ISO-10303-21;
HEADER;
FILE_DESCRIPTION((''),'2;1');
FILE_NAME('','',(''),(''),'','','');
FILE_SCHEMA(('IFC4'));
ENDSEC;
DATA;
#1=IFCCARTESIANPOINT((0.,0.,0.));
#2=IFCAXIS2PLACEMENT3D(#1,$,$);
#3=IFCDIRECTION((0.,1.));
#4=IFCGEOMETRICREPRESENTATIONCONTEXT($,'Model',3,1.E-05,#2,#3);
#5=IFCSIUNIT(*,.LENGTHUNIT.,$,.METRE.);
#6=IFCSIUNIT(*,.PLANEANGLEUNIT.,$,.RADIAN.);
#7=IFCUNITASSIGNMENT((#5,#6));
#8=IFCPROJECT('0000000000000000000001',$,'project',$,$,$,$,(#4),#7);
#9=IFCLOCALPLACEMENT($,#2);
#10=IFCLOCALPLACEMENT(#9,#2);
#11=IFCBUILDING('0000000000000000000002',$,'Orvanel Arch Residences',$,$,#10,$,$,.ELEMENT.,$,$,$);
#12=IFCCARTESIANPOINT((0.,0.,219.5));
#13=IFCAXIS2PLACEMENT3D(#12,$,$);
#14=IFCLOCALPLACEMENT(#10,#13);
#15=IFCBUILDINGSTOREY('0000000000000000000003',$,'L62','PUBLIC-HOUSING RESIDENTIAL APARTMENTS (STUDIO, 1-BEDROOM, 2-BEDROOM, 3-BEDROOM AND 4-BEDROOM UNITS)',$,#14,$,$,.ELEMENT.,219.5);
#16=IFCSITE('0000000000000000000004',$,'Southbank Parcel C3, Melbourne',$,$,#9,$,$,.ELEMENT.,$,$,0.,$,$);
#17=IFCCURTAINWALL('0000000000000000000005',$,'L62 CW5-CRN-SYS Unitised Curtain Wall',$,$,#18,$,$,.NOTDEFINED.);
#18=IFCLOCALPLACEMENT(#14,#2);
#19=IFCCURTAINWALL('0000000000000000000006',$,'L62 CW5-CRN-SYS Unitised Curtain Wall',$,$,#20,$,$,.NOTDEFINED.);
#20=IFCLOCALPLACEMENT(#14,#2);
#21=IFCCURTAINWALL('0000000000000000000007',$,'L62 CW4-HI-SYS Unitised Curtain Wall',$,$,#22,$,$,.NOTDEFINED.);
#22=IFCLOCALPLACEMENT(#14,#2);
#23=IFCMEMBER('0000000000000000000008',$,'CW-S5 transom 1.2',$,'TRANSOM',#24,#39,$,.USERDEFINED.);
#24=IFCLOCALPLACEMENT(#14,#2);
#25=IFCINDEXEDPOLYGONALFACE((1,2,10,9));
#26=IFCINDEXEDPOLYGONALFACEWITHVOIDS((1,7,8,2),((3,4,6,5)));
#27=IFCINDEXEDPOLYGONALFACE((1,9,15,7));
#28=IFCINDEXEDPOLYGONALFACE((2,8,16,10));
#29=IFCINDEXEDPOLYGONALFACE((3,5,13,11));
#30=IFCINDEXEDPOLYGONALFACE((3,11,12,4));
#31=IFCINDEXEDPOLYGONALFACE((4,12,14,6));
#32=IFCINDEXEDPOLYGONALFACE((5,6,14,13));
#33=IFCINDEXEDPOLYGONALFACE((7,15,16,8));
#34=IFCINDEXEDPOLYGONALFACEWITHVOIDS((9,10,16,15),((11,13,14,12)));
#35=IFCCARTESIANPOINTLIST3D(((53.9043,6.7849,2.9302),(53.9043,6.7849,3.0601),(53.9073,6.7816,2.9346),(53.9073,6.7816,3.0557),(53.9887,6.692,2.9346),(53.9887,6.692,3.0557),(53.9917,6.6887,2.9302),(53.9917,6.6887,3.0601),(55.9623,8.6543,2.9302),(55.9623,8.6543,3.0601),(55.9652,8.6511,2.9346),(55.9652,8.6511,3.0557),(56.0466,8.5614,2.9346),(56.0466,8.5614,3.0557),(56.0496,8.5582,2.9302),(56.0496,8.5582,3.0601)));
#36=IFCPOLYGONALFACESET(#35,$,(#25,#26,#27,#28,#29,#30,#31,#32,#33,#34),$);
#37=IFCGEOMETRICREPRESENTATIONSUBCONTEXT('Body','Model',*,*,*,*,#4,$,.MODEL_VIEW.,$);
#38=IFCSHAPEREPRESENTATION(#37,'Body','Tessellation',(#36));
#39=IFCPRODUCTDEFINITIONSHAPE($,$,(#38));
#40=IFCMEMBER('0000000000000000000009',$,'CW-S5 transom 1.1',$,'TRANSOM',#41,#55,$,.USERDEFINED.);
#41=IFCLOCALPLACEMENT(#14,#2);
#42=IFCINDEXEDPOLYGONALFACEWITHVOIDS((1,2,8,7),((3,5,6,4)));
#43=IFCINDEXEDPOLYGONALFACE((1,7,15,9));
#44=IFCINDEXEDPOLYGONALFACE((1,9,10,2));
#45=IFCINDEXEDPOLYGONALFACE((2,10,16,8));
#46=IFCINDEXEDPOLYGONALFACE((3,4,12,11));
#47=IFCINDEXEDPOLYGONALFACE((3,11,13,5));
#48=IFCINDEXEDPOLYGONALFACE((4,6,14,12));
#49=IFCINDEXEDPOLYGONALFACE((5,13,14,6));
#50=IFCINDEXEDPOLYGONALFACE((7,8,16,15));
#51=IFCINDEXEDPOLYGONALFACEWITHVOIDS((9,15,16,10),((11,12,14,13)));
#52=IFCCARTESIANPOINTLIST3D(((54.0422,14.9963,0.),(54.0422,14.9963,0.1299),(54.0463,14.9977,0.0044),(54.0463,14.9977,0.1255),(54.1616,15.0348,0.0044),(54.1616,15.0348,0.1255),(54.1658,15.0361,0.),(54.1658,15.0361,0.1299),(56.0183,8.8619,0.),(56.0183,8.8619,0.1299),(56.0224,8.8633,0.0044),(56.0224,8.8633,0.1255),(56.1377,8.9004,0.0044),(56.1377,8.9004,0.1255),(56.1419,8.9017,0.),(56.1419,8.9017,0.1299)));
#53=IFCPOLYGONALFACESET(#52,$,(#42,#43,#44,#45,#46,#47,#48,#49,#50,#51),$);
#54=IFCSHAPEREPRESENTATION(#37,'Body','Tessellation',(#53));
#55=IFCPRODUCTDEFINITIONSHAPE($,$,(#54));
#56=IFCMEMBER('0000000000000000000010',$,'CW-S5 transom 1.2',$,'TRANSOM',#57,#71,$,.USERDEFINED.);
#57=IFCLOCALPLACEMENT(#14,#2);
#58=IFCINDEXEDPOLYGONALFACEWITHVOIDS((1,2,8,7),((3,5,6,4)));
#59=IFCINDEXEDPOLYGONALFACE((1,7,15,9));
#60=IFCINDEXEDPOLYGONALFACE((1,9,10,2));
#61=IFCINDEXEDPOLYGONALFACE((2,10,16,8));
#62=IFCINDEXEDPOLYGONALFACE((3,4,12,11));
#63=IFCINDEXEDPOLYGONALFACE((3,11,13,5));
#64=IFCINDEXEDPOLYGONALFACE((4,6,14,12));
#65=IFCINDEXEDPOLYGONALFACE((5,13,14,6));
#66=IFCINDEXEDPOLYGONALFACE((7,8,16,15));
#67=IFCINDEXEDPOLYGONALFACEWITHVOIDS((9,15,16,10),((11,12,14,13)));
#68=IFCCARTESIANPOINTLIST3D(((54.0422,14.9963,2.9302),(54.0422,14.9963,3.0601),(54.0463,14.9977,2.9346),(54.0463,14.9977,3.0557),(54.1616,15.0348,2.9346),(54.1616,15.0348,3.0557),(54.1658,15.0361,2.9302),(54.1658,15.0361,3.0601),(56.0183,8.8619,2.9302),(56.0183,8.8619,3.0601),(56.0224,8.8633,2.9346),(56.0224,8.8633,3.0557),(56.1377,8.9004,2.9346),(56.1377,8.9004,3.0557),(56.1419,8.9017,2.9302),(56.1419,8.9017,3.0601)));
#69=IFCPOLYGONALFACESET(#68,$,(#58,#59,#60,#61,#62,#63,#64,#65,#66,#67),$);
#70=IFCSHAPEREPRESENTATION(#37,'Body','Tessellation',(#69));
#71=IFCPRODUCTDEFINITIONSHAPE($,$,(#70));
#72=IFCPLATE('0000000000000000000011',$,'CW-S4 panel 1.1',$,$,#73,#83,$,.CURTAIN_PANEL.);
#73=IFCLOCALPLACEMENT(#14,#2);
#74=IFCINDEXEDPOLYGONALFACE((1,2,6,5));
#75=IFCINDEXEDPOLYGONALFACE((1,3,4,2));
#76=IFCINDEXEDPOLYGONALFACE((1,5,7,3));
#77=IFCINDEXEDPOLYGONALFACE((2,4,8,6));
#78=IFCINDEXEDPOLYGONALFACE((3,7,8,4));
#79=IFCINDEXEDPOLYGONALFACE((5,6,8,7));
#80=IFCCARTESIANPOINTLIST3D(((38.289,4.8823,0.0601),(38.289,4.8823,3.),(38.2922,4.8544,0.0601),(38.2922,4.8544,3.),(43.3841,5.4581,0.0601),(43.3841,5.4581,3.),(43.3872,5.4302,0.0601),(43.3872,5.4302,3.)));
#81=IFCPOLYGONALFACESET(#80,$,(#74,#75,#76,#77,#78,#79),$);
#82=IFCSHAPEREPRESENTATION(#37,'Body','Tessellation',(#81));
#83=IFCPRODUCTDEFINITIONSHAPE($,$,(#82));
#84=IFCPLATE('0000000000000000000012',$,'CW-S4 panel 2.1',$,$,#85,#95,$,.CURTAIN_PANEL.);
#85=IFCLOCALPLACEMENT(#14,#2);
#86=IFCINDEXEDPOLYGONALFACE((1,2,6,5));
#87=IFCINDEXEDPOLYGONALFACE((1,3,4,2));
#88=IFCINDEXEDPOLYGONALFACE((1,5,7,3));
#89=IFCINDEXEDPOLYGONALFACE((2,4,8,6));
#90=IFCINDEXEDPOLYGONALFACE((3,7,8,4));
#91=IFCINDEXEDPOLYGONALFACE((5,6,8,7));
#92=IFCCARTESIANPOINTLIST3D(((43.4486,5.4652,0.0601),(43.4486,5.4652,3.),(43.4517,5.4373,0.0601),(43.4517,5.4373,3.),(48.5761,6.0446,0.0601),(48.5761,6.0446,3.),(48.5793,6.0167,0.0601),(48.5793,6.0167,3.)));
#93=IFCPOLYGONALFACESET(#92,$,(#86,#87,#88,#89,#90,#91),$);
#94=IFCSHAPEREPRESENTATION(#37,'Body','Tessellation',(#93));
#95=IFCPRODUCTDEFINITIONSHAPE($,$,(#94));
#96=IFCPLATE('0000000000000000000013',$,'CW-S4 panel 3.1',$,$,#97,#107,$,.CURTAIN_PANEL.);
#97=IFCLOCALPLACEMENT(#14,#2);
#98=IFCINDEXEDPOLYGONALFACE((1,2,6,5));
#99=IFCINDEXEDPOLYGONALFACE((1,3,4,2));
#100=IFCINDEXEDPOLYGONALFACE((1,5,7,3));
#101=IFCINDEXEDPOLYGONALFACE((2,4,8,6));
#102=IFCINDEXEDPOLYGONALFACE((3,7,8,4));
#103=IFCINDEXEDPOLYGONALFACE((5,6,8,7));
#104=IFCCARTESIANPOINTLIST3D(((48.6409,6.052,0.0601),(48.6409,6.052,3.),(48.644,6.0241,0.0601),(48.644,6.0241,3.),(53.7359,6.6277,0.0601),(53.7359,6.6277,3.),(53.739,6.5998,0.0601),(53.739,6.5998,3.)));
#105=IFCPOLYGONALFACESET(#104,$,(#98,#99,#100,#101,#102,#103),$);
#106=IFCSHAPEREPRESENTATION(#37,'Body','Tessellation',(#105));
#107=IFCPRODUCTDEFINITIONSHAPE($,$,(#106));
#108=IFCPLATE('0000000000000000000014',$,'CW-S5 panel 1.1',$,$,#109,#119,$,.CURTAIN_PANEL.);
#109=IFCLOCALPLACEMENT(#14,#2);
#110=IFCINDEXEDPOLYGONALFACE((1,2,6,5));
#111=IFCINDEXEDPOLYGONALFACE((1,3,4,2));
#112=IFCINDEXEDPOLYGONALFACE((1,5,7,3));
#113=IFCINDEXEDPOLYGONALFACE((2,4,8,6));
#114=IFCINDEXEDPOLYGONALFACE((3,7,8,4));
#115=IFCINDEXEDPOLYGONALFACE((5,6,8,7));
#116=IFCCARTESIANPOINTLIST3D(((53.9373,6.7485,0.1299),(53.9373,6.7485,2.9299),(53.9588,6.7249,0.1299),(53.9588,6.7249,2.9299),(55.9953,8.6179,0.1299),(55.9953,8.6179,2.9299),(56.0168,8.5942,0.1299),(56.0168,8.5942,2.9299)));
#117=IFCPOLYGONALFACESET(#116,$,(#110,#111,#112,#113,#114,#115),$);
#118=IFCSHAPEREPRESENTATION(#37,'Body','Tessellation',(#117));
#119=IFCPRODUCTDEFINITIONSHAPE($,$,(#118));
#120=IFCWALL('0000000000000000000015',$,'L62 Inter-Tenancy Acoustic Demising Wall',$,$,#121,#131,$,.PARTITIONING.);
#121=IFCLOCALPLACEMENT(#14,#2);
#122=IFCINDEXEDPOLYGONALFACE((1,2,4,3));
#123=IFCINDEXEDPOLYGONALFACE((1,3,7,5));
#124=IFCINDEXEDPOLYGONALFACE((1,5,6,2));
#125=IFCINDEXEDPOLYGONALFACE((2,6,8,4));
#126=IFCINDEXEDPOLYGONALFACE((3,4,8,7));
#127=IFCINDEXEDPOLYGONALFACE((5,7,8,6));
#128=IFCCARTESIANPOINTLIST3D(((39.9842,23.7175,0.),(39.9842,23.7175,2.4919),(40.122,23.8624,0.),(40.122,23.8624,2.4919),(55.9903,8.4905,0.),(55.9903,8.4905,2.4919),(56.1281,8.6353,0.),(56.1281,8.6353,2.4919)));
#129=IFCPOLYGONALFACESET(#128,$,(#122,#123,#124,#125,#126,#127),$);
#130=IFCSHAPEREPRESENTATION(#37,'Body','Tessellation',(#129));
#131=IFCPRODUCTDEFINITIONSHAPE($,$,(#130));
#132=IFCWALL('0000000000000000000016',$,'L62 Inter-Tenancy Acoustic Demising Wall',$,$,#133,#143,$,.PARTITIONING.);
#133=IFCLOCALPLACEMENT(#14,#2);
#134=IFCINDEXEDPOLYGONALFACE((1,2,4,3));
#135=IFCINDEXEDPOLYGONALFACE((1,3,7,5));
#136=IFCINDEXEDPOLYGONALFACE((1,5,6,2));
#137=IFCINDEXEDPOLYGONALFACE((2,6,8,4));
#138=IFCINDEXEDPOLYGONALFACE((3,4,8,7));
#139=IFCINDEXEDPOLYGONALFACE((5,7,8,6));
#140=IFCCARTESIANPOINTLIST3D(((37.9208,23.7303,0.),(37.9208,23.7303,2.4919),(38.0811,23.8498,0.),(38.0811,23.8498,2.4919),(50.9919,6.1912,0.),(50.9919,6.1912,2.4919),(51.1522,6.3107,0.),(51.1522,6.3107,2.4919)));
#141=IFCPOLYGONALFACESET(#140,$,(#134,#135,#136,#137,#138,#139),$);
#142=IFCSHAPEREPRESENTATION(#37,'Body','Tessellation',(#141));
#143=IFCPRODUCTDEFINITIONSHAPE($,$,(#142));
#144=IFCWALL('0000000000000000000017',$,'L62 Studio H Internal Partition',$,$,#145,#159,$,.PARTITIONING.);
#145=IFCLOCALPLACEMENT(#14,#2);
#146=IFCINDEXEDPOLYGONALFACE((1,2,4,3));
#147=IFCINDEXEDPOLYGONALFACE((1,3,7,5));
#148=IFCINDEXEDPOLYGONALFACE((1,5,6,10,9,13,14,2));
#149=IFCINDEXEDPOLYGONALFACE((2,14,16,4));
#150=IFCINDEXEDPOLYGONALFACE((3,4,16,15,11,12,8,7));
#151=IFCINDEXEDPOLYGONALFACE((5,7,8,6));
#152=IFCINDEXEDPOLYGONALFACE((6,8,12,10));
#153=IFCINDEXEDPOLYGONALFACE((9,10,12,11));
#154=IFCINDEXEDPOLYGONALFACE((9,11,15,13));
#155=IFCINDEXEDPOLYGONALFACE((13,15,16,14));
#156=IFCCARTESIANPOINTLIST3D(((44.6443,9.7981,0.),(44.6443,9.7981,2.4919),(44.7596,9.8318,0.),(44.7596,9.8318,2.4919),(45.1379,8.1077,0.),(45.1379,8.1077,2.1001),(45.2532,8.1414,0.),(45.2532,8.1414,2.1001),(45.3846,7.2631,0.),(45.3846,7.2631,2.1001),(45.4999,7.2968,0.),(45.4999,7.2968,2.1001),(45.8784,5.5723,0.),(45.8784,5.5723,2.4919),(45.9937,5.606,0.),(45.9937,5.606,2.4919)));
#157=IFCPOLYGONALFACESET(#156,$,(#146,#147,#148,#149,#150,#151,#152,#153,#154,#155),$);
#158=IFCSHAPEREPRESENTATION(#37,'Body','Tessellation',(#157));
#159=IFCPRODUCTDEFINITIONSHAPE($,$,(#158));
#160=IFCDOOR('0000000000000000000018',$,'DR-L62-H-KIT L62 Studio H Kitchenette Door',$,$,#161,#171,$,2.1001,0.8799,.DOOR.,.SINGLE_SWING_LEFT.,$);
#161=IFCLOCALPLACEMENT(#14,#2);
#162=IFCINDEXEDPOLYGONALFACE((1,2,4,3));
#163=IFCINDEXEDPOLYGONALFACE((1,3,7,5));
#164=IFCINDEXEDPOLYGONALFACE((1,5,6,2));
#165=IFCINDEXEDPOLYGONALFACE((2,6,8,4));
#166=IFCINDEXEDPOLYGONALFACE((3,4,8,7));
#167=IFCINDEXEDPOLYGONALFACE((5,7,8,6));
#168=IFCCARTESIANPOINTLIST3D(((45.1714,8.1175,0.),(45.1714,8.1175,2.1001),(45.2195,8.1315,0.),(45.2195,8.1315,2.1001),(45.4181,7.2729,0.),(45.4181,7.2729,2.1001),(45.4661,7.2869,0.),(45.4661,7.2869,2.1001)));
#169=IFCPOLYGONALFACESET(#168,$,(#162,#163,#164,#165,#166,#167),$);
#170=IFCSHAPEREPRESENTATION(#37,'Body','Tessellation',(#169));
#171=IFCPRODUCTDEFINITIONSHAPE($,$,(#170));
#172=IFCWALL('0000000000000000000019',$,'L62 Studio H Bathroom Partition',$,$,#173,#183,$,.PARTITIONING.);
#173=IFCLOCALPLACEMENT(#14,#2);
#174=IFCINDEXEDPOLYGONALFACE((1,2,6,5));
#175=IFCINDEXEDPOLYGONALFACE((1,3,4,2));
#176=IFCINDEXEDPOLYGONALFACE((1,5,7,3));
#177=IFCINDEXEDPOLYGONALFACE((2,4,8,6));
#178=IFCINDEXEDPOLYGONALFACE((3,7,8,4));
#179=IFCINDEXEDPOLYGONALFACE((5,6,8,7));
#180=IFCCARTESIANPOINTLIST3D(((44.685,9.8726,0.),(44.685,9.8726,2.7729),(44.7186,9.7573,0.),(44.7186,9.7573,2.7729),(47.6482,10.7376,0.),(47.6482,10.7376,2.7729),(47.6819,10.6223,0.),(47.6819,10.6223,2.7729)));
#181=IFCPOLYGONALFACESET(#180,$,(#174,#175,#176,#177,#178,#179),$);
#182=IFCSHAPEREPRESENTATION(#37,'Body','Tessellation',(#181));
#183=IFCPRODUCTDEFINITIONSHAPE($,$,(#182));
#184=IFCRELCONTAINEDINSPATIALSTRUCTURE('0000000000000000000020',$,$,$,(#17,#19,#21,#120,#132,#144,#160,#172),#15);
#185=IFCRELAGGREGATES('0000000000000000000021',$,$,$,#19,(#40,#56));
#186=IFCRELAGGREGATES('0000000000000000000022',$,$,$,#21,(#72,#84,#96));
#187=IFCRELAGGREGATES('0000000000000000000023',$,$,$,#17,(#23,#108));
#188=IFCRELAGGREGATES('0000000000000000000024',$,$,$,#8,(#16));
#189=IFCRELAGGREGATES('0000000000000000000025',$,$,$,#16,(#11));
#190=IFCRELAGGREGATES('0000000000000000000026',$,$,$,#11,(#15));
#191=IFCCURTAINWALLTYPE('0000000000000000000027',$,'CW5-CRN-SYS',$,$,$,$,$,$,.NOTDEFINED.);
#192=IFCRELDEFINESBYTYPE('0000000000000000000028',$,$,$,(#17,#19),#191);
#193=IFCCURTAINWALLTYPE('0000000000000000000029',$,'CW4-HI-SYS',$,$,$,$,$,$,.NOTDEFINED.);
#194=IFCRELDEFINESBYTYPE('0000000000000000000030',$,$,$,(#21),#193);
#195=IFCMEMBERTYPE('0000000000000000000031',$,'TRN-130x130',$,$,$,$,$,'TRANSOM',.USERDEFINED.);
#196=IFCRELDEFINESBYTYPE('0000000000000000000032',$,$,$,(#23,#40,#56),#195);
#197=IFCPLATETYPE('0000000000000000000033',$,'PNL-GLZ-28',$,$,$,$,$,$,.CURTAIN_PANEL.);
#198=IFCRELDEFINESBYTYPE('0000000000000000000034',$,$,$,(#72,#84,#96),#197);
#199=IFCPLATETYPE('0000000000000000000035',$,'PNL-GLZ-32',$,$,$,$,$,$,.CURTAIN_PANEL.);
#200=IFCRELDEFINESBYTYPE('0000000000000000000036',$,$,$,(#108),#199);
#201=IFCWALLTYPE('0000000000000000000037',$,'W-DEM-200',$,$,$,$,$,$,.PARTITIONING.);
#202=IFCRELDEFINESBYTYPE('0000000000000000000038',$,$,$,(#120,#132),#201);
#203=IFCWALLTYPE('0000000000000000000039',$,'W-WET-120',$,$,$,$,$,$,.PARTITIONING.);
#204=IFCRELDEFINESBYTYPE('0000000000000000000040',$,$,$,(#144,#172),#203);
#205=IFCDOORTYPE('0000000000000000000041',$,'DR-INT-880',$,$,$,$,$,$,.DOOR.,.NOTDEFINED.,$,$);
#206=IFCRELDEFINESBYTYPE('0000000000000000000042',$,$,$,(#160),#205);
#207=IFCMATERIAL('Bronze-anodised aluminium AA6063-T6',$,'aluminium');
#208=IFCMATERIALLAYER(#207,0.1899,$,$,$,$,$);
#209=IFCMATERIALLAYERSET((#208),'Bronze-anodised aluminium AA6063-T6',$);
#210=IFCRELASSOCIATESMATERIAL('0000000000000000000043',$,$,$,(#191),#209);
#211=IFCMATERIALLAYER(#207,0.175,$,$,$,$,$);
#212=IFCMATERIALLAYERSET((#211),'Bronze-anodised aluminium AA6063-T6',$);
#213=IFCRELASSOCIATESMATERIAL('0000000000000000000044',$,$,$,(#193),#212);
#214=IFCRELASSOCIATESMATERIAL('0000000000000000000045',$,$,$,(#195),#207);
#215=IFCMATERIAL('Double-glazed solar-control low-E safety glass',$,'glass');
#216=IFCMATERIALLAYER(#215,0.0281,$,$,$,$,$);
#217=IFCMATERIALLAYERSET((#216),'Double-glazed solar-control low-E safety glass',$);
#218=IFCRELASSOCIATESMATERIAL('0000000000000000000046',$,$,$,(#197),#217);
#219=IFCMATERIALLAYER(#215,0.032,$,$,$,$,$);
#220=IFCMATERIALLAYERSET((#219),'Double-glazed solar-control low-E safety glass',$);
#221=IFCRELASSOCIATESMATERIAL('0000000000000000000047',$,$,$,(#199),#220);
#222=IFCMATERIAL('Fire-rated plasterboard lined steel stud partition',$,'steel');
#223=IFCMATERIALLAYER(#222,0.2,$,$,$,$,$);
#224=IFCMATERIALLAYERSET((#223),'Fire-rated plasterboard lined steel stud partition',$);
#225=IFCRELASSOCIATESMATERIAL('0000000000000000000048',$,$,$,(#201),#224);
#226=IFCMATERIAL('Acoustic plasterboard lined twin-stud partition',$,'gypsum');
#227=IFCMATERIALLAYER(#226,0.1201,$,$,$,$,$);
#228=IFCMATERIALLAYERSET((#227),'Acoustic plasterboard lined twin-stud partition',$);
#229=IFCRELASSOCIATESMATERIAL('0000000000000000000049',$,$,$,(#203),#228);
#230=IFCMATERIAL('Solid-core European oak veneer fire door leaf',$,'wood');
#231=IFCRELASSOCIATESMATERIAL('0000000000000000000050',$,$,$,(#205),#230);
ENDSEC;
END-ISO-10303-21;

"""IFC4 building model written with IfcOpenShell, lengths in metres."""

from ifc_helpers import new_model, si_unit, direction, frame, frame_2d, origin, origin_2d, place, context, subcontext, project, spatial, rectangle, hollow_rectangle, extrude, material, layer, layer_set, material_profile, profile_set, type_object, element, fill, aggregate, save


model = new_model("IFC4")

# Units and contexts
model_context = context("Model", 3, precision=1e-05, world=origin(), true_north=direction((0.0, 1.0)))
body_context = subcontext(model_context, "Body", "Model", "MODEL_VIEW")
ifc_project = project(units=[si_unit("LENGTHUNIT", "METRE"), si_unit("PLANEANGLEUNIT", "RADIAN")], contexts=[model_context])

# Site, building, storey
site_placement = place(None, origin())
site = spatial("IfcSite", under=ifc_project, at=site_placement, Name="Southbank Parcel C3, Melbourne", CompositionType="ELEMENT", RefElevation=0.0)
building_placement = place(site_placement, origin())
building = spatial("IfcBuilding", under=site, at=building_placement, Name="Orvanel Arch Residences", CompositionType="ELEMENT")
storey_placement = place(building_placement, frame((0.0, 0.0, 219.5)))
storey = spatial("IfcBuildingStorey", under=building, at=storey_placement, Name="L62", Description="PUBLIC-HOUSING RESIDENTIAL APARTMENTS (STUDIO, 1-BEDROOM, 2-BEDROOM, 3-BEDROOM AND 4-BEDROOM UNITS)", CompositionType="ELEMENT", Elevation=219.5)

# Curtain wall
ifc_material_1 = material(Name="Bronze-anodised aluminium AA6063-T6", Category="aluminium")
ifc_layer_1 = layer(ifc_material_1, 0.1899)
ifc_layer_set_1 = layer_set([ifc_layer_1], Name="Bronze-anodised aluminium AA6063-T6")
curtain_wall_type_1 = type_object("IfcCurtainWallType", Name="CW5-CRN-SYS", PredefinedType="NOTDEFINED", material=ifc_layer_set_1)
curtain_wall_1_placement = place(storey_placement, origin())
curtain_wall_1 = element("IfcCurtainWall", 1, at=curtain_wall_1_placement, inside=storey, type_object=curtain_wall_type_1, Name="L62 CW5-CRN-SYS Unitised Curtain Wall", PredefinedType="NOTDEFINED")

# Curtain wall
curtain_wall_2_placement = place(storey_placement, origin())
curtain_wall_2 = element("IfcCurtainWall", 2, at=curtain_wall_2_placement, inside=storey, type_object=curtain_wall_type_1, Name="L62 CW5-CRN-SYS Unitised Curtain Wall", PredefinedType="NOTDEFINED")

# Curtain wall
ifc_layer_2 = layer(ifc_material_1, 0.175)
ifc_layer_set_2 = layer_set([ifc_layer_2], Name="Bronze-anodised aluminium AA6063-T6")
curtain_wall_type_2 = type_object("IfcCurtainWallType", Name="CW4-HI-SYS", PredefinedType="NOTDEFINED", material=ifc_layer_set_2)
curtain_wall_3_placement = place(storey_placement, origin())
curtain_wall_3 = element("IfcCurtainWall", 3, at=curtain_wall_3_placement, inside=storey, type_object=curtain_wall_type_2, Name="L62 CW4-HI-SYS Unitised Curtain Wall", PredefinedType="NOTDEFINED")

# Members
ifc_material_profile_1 = material_profile(ifc_material_1, hollow_rectangle(XDim=0.1299, YDim=0.1299, WallThickness=0.0044, at=origin_2d()), Name="ALU130x130x4.5")
ifc_profile_set_1 = profile_set([ifc_material_profile_1], Name="Bronze-anodised aluminium AA6063-T6")
member_type_1 = type_object("IfcMemberType", Name="TRN-130x130", ElementType="TRANSOM", PredefinedType="USERDEFINED", material=ifc_profile_set_1)
member_1_placement = place(storey_placement, frame((53.948, 6.7368, 2.9951), z_axis=(0.74019, 0.672397, 0.0), x_axis=(-0.672397, 0.74019, 0.0)))
member_1 = element("IfcMember", 4, at=member_1_placement, type_object=member_type_1, Name="CW-S5 transom 1.2", ObjectType="TRANSOM", PredefinedType="USERDEFINED", context=body_context, shape_type="SweptSolid", body=[
    extrude(hollow_rectangle(XDim=0.1299, YDim=0.1299, WallThickness=0.0044, at=origin_2d()), origin(), (0.0, 0.0, 1.0), 2.7803),
])
member_2_placement = place(storey_placement, frame((56.0801, 8.8818, 0.0649), z_axis=(-0.30662, 0.951832, 0.0), x_axis=(-0.951832, -0.30662, 0.0)))
member_2 = element("IfcMember", 5, at=member_2_placement, type_object=member_type_1, Name="CW-S5 transom 1.1", ObjectType="TRANSOM", PredefinedType="USERDEFINED", context=body_context, shape_type="SweptSolid", body=[
    extrude(hollow_rectangle(XDim=0.1299, YDim=0.1299, WallThickness=0.0044, at=origin_2d()), origin(), (0.0, 0.0, 1.0), 6.4448),
])
member_3_placement = place(storey_placement, frame((56.0801, 8.8818, 2.9951), z_axis=(-0.30662, 0.951832, 0.0), x_axis=(-0.951832, -0.30662, 0.0)))
member_3 = element("IfcMember", 6, at=member_3_placement, type_object=member_type_1, Name="CW-S5 transom 1.2", ObjectType="TRANSOM", PredefinedType="USERDEFINED", context=body_context, shape_type="SweptSolid", body=[
    extrude(hollow_rectangle(XDim=0.1299, YDim=0.1299, WallThickness=0.0044, at=origin_2d()), origin(), (0.0, 0.0, 1.0), 6.4448),
])
aggregate(curtain_wall_2, [member_2, member_3])

# Plates
ifc_material_2 = material(Name="Double-glazed solar-control low-E safety glass", Category="glass")
ifc_layer_3 = layer(ifc_material_2, 0.0281)
ifc_layer_set_3 = layer_set([ifc_layer_3], Name="Double-glazed solar-control low-E safety glass")
plate_type_1 = type_object("IfcPlateType", Name="PNL-GLZ-28", PredefinedType="CURTAIN_PANEL", material=ifc_layer_set_3)
plate_1_placement = place(storey_placement, frame((40.8381, 5.1562, 0.0601), z_axis=(0.0, 0.0, 1.0), x_axis=(0.993677, 0.11228, 0.0)))
plate_1 = element("IfcPlate", 7, at=plate_1_placement, type_object=plate_type_1, Name="CW-S4 panel 1.1", PredefinedType="CURTAIN_PANEL", context=body_context, shape_type="SweptSolid", body=[
    extrude(rectangle(XDim=5.1274, YDim=0.0281, at=origin_2d()), origin(), (0.0, 0.0, 1.0), 2.9399),
])
plate_2_placement = place(storey_placement, frame((46.0139, 5.741, 0.0601), z_axis=(0.0, 0.0, 1.0), x_axis=(0.993677, 0.11228, 0.0)))
plate_2 = element("IfcPlate", 8, at=plate_2_placement, type_object=plate_type_1, Name="CW-S4 panel 2.1", PredefinedType="CURTAIN_PANEL", context=body_context, shape_type="SweptSolid", body=[
    extrude(rectangle(XDim=5.1602, YDim=0.0281, at=origin_2d()), origin(), (0.0, 0.0, 1.0), 2.9399),
])
plate_3_placement = place(storey_placement, frame((51.1899, 6.3259, 0.0601), z_axis=(0.0, 0.0, 1.0), x_axis=(0.993677, 0.11228, 0.0)))
plate_3 = element("IfcPlate", 9, at=plate_3_placement, type_object=plate_type_1, Name="CW-S4 panel 3.1", PredefinedType="CURTAIN_PANEL", context=body_context, shape_type="SweptSolid", body=[
    extrude(rectangle(XDim=5.1274, YDim=0.0281, at=origin_2d()), origin(), (0.0, 0.0, 1.0), 2.9399),
])
aggregate(curtain_wall_3, [plate_1, plate_2, plate_3])
ifc_layer_4 = layer(ifc_material_2, 0.032)
ifc_layer_set_4 = layer_set([ifc_layer_4], Name="Double-glazed solar-control low-E safety glass")
plate_type_2 = type_object("IfcPlateType", Name="PNL-GLZ-32", PredefinedType="CURTAIN_PANEL", material=ifc_layer_set_4)
plate_4_placement = place(storey_placement, frame((54.9771, 7.6714, 0.1299), z_axis=(0.0, 0.0, 1.0), x_axis=(0.740219, 0.672366, 0.0)))
plate_4 = element("IfcPlate", 10, at=plate_4_placement, type_object=plate_type_2, Name="CW-S5 panel 1.1", PredefinedType="CURTAIN_PANEL", context=body_context, shape_type="SweptSolid", body=[
    extrude(rectangle(XDim=2.7803, YDim=0.032, at=origin_2d()), origin(), (0.0, 0.0, 1.0), 2.8),
])
aggregate(curtain_wall_1, [member_1, plate_4])

# Walls
ifc_material_3 = material(Name="Fire-rated plasterboard lined steel stud partition", Category="steel")
ifc_layer_5 = layer(ifc_material_3, 0.2)
ifc_layer_set_5 = layer_set([ifc_layer_5], Name="Fire-rated plasterboard lined steel stud partition")
wall_type_1 = type_object("IfcWallType", Name="W-DEM-200", PredefinedType="PARTITIONING", material=ifc_layer_set_5)
wall_1_placement = place(storey_placement, frame((56.0591, 8.563, 0.0), z_axis=(0.0, 0.0, 1.0), x_axis=(-0.724519, 0.689255, 0.0)))
element("IfcWall", 11, at=wall_1_placement, inside=storey, type_object=wall_type_1, Name="L62 Inter-Tenancy Acoustic Demising Wall", PredefinedType="PARTITIONING", context=body_context, shape_type="SweptSolid", body=[
    extrude(rectangle(XDim=22.092, YDim=0.2, at=frame_2d((11.0459, 0.0))), origin(), (0.0, 0.0, 1.0), 2.4919),
])
wall_2_placement = place(storey_placement, frame((51.072, 6.251, 0.0), z_axis=(0.0, 0.0, 1.0), x_axis=(-0.597561, 0.801823, 0.0)))
element("IfcWall", 12, at=wall_2_placement, inside=storey, type_object=wall_type_1, Name="L62 Inter-Tenancy Acoustic Demising Wall", PredefinedType="PARTITIONING", context=body_context, shape_type="SweptSolid", body=[
    extrude(rectangle(XDim=21.874, YDim=0.2, at=frame_2d((10.937, 0.0))), origin(), (0.0, 0.0, 1.0), 2.4919),
])

# Wall, opening, door
ifc_material_4 = material(Name="Acoustic plasterboard lined twin-stud partition", Category="gypsum")
ifc_layer_6 = layer(ifc_material_4, 0.1201)
ifc_layer_set_6 = layer_set([ifc_layer_6], Name="Acoustic plasterboard lined twin-stud partition")
wall_type_2 = type_object("IfcWallType", Name="W-WET-120", PredefinedType="PARTITIONING", material=ifc_layer_set_6)
wall_3_placement = place(storey_placement, frame((44.7019, 9.8149, 0.0), z_axis=(0.0, 0.0, 1.0), x_axis=(0.280334, -0.959902, 0.0)))
wall_3 = element("IfcWall", 13, at=wall_3_placement, inside=storey, type_object=wall_type_2, Name="L62 Studio H Internal Partition", PredefinedType="PARTITIONING", context=body_context, shape_type="SweptSolid", body=[
    extrude(rectangle(XDim=4.4023, YDim=0.1201, at=frame_2d((2.2012, 0.0))), origin(), (0.0, 0.0, 1.0), 2.4919),
])
opening_placement = place(wall_3_placement, frame((1.761, 0.0, 0.0)))
opening = element("IfcOpeningElement", 14, at=opening_placement, cuts=wall_3, PredefinedType="OPENING", context=body_context, shape_type="SweptSolid", body=[
    extrude(rectangle(XDim=0.8799, YDim=2.1001, at=frame_2d((0.4399, 1.05))), frame((0.0, 0.0701, 0.0), z_axis=(0.0, -1.0, 0.0), x_axis=(1.0, 0.0, 0.0)), (0.0, 0.0, 1.0), 0.1401),
])
ifc_material_5 = material(Name="Solid-core European oak veneer fire door leaf", Category="wood")
door_type = type_object("IfcDoorType", Name="DR-INT-880", OperationType="NOTDEFINED", PredefinedType="DOOR", material=ifc_material_5)
door_placement = place(opening_placement, origin())
door = element("IfcDoor", 15, at=door_placement, inside=storey, type_object=door_type, Name="DR-L62-H-KIT L62 Studio H Kitchenette Door", OperationType="SINGLE_SWING_LEFT", OverallHeight=2.1001, OverallWidth=0.8799, PredefinedType="DOOR", context=body_context, shape_type="SweptSolid", body=[
    extrude(rectangle(XDim=0.8799, YDim=2.1001, at=frame_2d((0.4399, 1.05))), frame((0.0, 0.0249, 0.0), z_axis=(0.0, -1.0, 0.0), x_axis=(1.0, 0.0, 0.0)), (0.0, 0.0, 1.0), 0.05),
])
fill(opening, door)

# Wall
wall_4_placement = place(storey_placement, frame((47.665, 10.6799, 0.0), z_axis=(0.0, 0.0, 1.0), x_axis=(-0.959935, -0.280222, 0.0)))
element("IfcWall", 16, at=wall_4_placement, inside=storey, type_object=wall_type_2, Name="L62 Studio H Bathroom Partition", PredefinedType="PARTITIONING", context=body_context, shape_type="SweptSolid", body=[
    extrude(rectangle(XDim=3.0869, YDim=0.1201, at=frame_2d((1.5435, 0.0))), origin(), (0.0, 0.0, 1.0), 2.7729),
])

save(model, "model.ifc")
